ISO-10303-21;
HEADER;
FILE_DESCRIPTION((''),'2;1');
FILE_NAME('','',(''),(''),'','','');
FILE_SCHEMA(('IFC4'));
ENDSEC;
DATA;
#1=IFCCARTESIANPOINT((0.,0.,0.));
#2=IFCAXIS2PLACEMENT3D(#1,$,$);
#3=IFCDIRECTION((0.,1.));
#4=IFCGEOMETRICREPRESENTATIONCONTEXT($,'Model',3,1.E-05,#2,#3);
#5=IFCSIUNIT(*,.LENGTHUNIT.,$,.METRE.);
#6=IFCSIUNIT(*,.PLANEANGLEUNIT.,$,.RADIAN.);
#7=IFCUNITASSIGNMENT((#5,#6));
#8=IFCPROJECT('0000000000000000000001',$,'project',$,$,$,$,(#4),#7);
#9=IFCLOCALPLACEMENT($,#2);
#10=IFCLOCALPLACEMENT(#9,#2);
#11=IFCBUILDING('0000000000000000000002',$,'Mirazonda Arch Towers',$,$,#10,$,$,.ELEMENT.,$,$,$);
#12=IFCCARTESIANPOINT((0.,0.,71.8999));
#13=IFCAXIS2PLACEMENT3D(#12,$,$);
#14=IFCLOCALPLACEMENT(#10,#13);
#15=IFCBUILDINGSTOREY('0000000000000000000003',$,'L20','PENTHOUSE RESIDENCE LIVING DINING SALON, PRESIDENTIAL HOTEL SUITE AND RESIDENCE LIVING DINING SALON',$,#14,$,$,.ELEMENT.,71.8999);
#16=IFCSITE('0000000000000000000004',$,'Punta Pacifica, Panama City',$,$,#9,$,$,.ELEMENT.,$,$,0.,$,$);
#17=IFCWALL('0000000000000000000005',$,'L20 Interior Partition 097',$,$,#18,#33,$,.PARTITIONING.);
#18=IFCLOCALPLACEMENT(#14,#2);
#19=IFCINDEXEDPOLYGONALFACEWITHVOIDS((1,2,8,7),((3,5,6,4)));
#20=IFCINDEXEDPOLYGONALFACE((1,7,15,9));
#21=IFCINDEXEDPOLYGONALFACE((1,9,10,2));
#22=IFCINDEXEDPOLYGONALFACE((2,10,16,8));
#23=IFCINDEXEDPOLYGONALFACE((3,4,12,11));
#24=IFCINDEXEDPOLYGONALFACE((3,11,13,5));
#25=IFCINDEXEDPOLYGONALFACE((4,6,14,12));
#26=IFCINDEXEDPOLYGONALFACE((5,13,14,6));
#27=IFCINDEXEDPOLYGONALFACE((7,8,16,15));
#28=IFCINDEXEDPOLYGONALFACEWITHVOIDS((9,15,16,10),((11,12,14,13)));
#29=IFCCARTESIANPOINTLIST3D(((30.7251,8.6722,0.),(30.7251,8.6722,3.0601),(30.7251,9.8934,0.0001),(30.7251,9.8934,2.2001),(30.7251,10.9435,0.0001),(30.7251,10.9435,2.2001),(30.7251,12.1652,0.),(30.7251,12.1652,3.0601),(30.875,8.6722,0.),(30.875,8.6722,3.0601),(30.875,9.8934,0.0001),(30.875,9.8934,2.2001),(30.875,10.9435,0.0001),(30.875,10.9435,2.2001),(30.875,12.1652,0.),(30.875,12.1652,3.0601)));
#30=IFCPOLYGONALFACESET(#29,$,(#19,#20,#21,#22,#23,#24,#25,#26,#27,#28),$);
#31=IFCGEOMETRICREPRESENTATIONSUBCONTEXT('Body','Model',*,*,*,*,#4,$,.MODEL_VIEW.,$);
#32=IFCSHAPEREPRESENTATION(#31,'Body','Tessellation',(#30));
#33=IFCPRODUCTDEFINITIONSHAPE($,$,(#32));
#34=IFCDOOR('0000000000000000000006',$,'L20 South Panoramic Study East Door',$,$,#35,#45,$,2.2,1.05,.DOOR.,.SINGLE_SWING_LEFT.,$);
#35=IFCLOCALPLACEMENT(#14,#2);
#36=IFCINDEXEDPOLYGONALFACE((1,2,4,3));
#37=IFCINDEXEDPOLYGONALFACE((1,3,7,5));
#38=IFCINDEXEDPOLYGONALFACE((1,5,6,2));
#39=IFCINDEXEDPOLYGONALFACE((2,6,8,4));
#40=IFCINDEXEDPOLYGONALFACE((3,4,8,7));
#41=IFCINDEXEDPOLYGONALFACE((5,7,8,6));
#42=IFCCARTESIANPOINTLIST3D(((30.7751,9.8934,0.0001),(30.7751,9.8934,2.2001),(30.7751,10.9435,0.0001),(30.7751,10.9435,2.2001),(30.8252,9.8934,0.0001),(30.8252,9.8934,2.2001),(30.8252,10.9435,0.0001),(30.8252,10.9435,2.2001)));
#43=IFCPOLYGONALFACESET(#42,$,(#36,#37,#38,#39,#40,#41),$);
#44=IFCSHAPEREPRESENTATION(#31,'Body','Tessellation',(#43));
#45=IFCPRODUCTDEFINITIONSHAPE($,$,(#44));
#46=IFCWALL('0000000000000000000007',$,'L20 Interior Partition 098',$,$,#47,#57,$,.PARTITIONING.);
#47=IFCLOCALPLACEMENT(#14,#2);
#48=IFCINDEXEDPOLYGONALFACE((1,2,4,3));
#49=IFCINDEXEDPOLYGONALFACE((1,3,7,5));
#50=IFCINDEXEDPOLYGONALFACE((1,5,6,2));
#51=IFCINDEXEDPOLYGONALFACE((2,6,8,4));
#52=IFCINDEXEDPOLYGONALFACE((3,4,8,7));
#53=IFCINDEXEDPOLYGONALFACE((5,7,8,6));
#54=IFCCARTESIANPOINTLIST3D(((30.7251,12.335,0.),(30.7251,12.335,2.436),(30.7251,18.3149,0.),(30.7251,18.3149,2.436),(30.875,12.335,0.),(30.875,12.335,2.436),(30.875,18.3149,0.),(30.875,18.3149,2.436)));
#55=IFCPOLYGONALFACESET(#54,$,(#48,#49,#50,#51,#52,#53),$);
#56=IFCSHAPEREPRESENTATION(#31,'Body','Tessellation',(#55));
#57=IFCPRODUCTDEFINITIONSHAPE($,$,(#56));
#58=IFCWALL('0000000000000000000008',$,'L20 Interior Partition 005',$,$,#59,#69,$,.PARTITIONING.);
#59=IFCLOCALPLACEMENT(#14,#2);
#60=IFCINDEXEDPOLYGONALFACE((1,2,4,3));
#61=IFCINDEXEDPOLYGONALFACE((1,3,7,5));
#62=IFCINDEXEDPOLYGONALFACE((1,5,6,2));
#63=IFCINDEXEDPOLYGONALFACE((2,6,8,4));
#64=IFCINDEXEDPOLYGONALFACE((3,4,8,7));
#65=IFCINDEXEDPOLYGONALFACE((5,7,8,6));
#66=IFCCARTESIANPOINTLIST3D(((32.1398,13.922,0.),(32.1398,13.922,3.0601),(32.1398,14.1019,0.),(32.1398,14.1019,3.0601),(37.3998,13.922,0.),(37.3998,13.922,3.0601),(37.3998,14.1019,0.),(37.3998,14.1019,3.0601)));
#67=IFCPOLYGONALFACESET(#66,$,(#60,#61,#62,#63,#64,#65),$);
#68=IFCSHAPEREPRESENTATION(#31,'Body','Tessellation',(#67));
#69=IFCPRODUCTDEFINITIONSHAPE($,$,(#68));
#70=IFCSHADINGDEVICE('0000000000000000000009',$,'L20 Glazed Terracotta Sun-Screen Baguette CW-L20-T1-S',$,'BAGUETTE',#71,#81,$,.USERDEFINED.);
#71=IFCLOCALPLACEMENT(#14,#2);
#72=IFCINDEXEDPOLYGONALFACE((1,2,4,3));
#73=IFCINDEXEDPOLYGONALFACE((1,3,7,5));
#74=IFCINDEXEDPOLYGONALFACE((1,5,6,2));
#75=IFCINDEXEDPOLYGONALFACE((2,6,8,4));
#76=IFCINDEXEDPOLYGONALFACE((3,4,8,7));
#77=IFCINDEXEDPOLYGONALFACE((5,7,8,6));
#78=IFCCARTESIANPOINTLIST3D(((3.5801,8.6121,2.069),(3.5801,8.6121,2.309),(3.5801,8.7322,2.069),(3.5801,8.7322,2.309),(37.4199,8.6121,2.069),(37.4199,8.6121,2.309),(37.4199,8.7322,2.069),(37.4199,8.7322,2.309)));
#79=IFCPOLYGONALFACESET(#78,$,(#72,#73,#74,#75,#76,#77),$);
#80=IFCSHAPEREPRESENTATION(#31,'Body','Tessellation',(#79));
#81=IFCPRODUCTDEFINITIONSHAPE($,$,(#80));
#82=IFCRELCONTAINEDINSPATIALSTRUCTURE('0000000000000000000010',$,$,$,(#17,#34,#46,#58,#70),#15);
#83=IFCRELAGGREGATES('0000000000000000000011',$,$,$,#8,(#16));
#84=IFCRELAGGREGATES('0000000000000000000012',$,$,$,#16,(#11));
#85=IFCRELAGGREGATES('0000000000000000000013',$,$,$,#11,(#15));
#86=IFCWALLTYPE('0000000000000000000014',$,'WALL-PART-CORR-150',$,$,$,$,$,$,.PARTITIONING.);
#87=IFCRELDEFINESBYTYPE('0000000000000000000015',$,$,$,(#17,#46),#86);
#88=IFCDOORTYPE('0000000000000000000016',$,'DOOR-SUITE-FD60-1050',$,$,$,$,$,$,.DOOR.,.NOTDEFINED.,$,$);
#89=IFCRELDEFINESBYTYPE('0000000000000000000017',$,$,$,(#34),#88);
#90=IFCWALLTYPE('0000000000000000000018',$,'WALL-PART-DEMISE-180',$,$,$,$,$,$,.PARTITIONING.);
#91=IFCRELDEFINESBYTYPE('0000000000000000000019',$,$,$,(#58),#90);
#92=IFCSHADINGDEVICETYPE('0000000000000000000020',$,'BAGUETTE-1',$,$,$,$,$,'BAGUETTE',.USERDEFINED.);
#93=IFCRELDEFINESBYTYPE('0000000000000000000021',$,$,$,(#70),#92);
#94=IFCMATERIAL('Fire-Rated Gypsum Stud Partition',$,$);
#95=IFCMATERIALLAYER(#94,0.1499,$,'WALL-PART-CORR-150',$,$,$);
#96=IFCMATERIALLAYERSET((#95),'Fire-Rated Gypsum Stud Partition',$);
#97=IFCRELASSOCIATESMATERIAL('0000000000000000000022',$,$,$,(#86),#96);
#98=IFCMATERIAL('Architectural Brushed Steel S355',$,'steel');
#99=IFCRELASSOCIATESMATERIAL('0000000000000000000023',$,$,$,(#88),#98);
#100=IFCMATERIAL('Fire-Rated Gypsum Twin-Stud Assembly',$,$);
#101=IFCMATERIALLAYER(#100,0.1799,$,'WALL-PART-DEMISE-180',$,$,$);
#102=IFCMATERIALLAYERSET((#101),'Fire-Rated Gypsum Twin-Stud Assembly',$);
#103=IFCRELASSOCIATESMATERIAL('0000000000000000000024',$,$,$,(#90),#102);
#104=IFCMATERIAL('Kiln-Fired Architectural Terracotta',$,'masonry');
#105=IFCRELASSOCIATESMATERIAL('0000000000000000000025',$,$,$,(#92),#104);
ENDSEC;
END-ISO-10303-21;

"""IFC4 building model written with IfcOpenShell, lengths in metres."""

from ifc_helpers import new_model, si_unit, direction, frame, frame_2d, origin, origin_2d, place, context, subcontext, project, spatial, rectangle, extrude, material, layer, layer_set, material_profile, profile_set, type_object, element, fill, save


model = new_model("IFC4")

# Units and contexts
model_context = context("Model", 3, precision=1e-05, world=origin(), true_north=direction((0.0, 1.0)))
body_context = subcontext(model_context, "Body", "Model", "MODEL_VIEW")
ifc_project = project(units=[si_unit("LENGTHUNIT", "METRE"), si_unit("PLANEANGLEUNIT", "RADIAN")], contexts=[model_context])

# Site, building, storey
site_placement = place(None, origin())
site = spatial("IfcSite", under=ifc_project, at=site_placement, Name="Punta Pacifica, Panama City", CompositionType="ELEMENT", RefElevation=0.0)
building_placement = place(site_placement, origin())
building = spatial("IfcBuilding", under=site, at=building_placement, Name="Mirazonda Arch Towers", CompositionType="ELEMENT")
storey_placement = place(building_placement, frame((0.0, 0.0, 71.8999)))
storey = spatial("IfcBuildingStorey", under=building, at=storey_placement, Name="L20", Description="PENTHOUSE RESIDENCE LIVING DINING SALON, PRESIDENTIAL HOTEL SUITE AND RESIDENCE LIVING DINING SALON", CompositionType="ELEMENT", Elevation=71.8999)

# Shared definitions
ifc_material_1 = material(Name="Fire-Rated Gypsum Stud Partition")
ifc_layer_1 = layer(ifc_material_1, 0.1499, Name="WALL-PART-CORR-150")
ifc_layer_set_1 = layer_set([ifc_layer_1], Name="Fire-Rated Gypsum Stud Partition")
wall_type_1 = type_object("IfcWallType", Name="WALL-PART-CORR-150", PredefinedType="PARTITIONING", material=ifc_layer_set_1)

# Wall, opening, door
wall_1_placement = place(storey_placement, frame((30.8, 8.6721, 0.0), z_axis=(0.0, 0.0, 1.0), x_axis=(0.0, 1.0, 0.0)))
wall_1 = element("IfcWall", 1, at=wall_1_placement, inside=storey, type_object=wall_type_1, Name="L20 Interior Partition 097", PredefinedType="PARTITIONING", context=body_context, shape_type="SweptSolid", body=[
    extrude(rectangle(XDim=3.4929, YDim=0.1499, at=frame_2d((1.7466, 0.0))), origin(), (0.0, 0.0, 1.0), 3.0601),
])
opening_1_placement = place(wall_1_placement, frame((1.2214, 0.0, 0.0)))
opening_1 = element("IfcOpeningElement", 2, at=opening_1_placement, cuts=wall_1, PredefinedType="OPENING", context=body_context, shape_type="SweptSolid", body=[
    extrude(rectangle(XDim=1.05, YDim=2.2, at=frame_2d((0.5249, 1.1001))), frame((0.0, 0.085, 0.0), z_axis=(0.0, -1.0, 0.0), x_axis=(1.0, 0.0, 0.0)), (0.0, 0.0, 1.0), 0.1699),
])
ifc_material_2 = material(Name="Architectural Brushed Steel S355", Category="steel")
door_type_1 = type_object("IfcDoorType", Name="DOOR-SUITE-FD60-1050", OperationType="NOTDEFINED", PredefinedType="DOOR", material=ifc_material_2)
door_1_placement = place(opening_1_placement, origin())
door_1 = element("IfcDoor", 3, at=door_1_placement, inside=storey, type_object=door_type_1, Name="L20 South Panoramic Study East Door", OperationType="SINGLE_SWING_LEFT", OverallHeight=2.2, OverallWidth=1.05, PredefinedType="DOOR", context=body_context, shape_type="SweptSolid", body=[
    extrude(rectangle(XDim=1.05, YDim=2.2, at=frame_2d((0.5249, 1.1001))), frame((0.0, 0.0249, 0.0), z_axis=(0.0, -1.0, 0.0), x_axis=(1.0, 0.0, 0.0)), (0.0, 0.0, 1.0), 0.05),
])
fill(opening_1, door_1)

# Walls
wall_2_placement = place(storey_placement, frame((30.8, 12.335, 0.0), z_axis=(0.0, 0.0, 1.0), x_axis=(0.0, 1.0, 0.0)))
element("IfcWall", 4, at=wall_2_placement, inside=storey, type_object=wall_type_1, Name="L20 Interior Partition 098", PredefinedType="PARTITIONING", context=body_context, shape_type="SweptSolid", body=[
    extrude(rectangle(XDim=5.98, YDim=0.1499, at=frame_2d((2.99, 0.0))), origin(), (0.0, 0.0, 1.0), 2.436),
])
ifc_material_3 = material(Name="Fire-Rated Gypsum Twin-Stud Assembly")
ifc_layer_2 = layer(ifc_material_3, 0.1799, Name="WALL-PART-DEMISE-180")
ifc_layer_set_2 = layer_set([ifc_layer_2], Name="Fire-Rated Gypsum Twin-Stud Assembly")
wall_type_2 = type_object("IfcWallType", Name="WALL-PART-DEMISE-180", PredefinedType="PARTITIONING", material=ifc_layer_set_2)
wall_3_placement = place(storey_placement, frame((32.1399, 14.012, 0.0), z_axis=(0.0, 0.0, 1.0), x_axis=(1.0, 0.0, 0.0)))
element("IfcWall", 5, at=wall_3_placement, inside=storey, type_object=wall_type_2, Name="L20 Interior Partition 005", PredefinedType="PARTITIONING", context=body_context, shape_type="SweptSolid", body=[
    extrude(rectangle(XDim=5.26, YDim=0.1799, at=frame_2d((2.6299, 0.0))), origin(), (0.0, 0.0, 1.0), 3.0601),
])

# Shading device
ifc_material_4 = material(Name="Kiln-Fired Architectural Terracotta", Category="masonry")
ifc_material_profile_1 = material_profile(ifc_material_4, rectangle(XDim=0.1201, YDim=0.24, at=origin_2d()), Name="TERRA-BAG-120x240")
ifc_profile_set_1 = profile_set([ifc_material_profile_1], Name="Kiln-Fired Architectural Terracotta")
shading_device_type = type_object("IfcShadingDeviceType", Name="BAGUETTE-1", ElementType="BAGUETTE", PredefinedType="USERDEFINED", material=ifc_profile_set_1)
shading_device_placement = place(storey_placement, frame((37.4199, 8.6721, 2.189), z_axis=(-1.0, 0.0, 0.0), x_axis=(0.0, -1.0, 0.0)))
element("IfcShadingDevice", 6, at=shading_device_placement, inside=storey, type_object=shading_device_type, Name="L20 Glazed Terracotta Sun-Screen Baguette CW-L20-T1-S", ObjectType="BAGUETTE", PredefinedType="USERDEFINED", context=body_context, shape_type="SweptSolid", body=[
    extrude(rectangle(XDim=0.1201, YDim=0.24, at=origin_2d()), origin(), (0.0, 0.0, 1.0), 33.8398),
])

save(model, "model.ifc")
